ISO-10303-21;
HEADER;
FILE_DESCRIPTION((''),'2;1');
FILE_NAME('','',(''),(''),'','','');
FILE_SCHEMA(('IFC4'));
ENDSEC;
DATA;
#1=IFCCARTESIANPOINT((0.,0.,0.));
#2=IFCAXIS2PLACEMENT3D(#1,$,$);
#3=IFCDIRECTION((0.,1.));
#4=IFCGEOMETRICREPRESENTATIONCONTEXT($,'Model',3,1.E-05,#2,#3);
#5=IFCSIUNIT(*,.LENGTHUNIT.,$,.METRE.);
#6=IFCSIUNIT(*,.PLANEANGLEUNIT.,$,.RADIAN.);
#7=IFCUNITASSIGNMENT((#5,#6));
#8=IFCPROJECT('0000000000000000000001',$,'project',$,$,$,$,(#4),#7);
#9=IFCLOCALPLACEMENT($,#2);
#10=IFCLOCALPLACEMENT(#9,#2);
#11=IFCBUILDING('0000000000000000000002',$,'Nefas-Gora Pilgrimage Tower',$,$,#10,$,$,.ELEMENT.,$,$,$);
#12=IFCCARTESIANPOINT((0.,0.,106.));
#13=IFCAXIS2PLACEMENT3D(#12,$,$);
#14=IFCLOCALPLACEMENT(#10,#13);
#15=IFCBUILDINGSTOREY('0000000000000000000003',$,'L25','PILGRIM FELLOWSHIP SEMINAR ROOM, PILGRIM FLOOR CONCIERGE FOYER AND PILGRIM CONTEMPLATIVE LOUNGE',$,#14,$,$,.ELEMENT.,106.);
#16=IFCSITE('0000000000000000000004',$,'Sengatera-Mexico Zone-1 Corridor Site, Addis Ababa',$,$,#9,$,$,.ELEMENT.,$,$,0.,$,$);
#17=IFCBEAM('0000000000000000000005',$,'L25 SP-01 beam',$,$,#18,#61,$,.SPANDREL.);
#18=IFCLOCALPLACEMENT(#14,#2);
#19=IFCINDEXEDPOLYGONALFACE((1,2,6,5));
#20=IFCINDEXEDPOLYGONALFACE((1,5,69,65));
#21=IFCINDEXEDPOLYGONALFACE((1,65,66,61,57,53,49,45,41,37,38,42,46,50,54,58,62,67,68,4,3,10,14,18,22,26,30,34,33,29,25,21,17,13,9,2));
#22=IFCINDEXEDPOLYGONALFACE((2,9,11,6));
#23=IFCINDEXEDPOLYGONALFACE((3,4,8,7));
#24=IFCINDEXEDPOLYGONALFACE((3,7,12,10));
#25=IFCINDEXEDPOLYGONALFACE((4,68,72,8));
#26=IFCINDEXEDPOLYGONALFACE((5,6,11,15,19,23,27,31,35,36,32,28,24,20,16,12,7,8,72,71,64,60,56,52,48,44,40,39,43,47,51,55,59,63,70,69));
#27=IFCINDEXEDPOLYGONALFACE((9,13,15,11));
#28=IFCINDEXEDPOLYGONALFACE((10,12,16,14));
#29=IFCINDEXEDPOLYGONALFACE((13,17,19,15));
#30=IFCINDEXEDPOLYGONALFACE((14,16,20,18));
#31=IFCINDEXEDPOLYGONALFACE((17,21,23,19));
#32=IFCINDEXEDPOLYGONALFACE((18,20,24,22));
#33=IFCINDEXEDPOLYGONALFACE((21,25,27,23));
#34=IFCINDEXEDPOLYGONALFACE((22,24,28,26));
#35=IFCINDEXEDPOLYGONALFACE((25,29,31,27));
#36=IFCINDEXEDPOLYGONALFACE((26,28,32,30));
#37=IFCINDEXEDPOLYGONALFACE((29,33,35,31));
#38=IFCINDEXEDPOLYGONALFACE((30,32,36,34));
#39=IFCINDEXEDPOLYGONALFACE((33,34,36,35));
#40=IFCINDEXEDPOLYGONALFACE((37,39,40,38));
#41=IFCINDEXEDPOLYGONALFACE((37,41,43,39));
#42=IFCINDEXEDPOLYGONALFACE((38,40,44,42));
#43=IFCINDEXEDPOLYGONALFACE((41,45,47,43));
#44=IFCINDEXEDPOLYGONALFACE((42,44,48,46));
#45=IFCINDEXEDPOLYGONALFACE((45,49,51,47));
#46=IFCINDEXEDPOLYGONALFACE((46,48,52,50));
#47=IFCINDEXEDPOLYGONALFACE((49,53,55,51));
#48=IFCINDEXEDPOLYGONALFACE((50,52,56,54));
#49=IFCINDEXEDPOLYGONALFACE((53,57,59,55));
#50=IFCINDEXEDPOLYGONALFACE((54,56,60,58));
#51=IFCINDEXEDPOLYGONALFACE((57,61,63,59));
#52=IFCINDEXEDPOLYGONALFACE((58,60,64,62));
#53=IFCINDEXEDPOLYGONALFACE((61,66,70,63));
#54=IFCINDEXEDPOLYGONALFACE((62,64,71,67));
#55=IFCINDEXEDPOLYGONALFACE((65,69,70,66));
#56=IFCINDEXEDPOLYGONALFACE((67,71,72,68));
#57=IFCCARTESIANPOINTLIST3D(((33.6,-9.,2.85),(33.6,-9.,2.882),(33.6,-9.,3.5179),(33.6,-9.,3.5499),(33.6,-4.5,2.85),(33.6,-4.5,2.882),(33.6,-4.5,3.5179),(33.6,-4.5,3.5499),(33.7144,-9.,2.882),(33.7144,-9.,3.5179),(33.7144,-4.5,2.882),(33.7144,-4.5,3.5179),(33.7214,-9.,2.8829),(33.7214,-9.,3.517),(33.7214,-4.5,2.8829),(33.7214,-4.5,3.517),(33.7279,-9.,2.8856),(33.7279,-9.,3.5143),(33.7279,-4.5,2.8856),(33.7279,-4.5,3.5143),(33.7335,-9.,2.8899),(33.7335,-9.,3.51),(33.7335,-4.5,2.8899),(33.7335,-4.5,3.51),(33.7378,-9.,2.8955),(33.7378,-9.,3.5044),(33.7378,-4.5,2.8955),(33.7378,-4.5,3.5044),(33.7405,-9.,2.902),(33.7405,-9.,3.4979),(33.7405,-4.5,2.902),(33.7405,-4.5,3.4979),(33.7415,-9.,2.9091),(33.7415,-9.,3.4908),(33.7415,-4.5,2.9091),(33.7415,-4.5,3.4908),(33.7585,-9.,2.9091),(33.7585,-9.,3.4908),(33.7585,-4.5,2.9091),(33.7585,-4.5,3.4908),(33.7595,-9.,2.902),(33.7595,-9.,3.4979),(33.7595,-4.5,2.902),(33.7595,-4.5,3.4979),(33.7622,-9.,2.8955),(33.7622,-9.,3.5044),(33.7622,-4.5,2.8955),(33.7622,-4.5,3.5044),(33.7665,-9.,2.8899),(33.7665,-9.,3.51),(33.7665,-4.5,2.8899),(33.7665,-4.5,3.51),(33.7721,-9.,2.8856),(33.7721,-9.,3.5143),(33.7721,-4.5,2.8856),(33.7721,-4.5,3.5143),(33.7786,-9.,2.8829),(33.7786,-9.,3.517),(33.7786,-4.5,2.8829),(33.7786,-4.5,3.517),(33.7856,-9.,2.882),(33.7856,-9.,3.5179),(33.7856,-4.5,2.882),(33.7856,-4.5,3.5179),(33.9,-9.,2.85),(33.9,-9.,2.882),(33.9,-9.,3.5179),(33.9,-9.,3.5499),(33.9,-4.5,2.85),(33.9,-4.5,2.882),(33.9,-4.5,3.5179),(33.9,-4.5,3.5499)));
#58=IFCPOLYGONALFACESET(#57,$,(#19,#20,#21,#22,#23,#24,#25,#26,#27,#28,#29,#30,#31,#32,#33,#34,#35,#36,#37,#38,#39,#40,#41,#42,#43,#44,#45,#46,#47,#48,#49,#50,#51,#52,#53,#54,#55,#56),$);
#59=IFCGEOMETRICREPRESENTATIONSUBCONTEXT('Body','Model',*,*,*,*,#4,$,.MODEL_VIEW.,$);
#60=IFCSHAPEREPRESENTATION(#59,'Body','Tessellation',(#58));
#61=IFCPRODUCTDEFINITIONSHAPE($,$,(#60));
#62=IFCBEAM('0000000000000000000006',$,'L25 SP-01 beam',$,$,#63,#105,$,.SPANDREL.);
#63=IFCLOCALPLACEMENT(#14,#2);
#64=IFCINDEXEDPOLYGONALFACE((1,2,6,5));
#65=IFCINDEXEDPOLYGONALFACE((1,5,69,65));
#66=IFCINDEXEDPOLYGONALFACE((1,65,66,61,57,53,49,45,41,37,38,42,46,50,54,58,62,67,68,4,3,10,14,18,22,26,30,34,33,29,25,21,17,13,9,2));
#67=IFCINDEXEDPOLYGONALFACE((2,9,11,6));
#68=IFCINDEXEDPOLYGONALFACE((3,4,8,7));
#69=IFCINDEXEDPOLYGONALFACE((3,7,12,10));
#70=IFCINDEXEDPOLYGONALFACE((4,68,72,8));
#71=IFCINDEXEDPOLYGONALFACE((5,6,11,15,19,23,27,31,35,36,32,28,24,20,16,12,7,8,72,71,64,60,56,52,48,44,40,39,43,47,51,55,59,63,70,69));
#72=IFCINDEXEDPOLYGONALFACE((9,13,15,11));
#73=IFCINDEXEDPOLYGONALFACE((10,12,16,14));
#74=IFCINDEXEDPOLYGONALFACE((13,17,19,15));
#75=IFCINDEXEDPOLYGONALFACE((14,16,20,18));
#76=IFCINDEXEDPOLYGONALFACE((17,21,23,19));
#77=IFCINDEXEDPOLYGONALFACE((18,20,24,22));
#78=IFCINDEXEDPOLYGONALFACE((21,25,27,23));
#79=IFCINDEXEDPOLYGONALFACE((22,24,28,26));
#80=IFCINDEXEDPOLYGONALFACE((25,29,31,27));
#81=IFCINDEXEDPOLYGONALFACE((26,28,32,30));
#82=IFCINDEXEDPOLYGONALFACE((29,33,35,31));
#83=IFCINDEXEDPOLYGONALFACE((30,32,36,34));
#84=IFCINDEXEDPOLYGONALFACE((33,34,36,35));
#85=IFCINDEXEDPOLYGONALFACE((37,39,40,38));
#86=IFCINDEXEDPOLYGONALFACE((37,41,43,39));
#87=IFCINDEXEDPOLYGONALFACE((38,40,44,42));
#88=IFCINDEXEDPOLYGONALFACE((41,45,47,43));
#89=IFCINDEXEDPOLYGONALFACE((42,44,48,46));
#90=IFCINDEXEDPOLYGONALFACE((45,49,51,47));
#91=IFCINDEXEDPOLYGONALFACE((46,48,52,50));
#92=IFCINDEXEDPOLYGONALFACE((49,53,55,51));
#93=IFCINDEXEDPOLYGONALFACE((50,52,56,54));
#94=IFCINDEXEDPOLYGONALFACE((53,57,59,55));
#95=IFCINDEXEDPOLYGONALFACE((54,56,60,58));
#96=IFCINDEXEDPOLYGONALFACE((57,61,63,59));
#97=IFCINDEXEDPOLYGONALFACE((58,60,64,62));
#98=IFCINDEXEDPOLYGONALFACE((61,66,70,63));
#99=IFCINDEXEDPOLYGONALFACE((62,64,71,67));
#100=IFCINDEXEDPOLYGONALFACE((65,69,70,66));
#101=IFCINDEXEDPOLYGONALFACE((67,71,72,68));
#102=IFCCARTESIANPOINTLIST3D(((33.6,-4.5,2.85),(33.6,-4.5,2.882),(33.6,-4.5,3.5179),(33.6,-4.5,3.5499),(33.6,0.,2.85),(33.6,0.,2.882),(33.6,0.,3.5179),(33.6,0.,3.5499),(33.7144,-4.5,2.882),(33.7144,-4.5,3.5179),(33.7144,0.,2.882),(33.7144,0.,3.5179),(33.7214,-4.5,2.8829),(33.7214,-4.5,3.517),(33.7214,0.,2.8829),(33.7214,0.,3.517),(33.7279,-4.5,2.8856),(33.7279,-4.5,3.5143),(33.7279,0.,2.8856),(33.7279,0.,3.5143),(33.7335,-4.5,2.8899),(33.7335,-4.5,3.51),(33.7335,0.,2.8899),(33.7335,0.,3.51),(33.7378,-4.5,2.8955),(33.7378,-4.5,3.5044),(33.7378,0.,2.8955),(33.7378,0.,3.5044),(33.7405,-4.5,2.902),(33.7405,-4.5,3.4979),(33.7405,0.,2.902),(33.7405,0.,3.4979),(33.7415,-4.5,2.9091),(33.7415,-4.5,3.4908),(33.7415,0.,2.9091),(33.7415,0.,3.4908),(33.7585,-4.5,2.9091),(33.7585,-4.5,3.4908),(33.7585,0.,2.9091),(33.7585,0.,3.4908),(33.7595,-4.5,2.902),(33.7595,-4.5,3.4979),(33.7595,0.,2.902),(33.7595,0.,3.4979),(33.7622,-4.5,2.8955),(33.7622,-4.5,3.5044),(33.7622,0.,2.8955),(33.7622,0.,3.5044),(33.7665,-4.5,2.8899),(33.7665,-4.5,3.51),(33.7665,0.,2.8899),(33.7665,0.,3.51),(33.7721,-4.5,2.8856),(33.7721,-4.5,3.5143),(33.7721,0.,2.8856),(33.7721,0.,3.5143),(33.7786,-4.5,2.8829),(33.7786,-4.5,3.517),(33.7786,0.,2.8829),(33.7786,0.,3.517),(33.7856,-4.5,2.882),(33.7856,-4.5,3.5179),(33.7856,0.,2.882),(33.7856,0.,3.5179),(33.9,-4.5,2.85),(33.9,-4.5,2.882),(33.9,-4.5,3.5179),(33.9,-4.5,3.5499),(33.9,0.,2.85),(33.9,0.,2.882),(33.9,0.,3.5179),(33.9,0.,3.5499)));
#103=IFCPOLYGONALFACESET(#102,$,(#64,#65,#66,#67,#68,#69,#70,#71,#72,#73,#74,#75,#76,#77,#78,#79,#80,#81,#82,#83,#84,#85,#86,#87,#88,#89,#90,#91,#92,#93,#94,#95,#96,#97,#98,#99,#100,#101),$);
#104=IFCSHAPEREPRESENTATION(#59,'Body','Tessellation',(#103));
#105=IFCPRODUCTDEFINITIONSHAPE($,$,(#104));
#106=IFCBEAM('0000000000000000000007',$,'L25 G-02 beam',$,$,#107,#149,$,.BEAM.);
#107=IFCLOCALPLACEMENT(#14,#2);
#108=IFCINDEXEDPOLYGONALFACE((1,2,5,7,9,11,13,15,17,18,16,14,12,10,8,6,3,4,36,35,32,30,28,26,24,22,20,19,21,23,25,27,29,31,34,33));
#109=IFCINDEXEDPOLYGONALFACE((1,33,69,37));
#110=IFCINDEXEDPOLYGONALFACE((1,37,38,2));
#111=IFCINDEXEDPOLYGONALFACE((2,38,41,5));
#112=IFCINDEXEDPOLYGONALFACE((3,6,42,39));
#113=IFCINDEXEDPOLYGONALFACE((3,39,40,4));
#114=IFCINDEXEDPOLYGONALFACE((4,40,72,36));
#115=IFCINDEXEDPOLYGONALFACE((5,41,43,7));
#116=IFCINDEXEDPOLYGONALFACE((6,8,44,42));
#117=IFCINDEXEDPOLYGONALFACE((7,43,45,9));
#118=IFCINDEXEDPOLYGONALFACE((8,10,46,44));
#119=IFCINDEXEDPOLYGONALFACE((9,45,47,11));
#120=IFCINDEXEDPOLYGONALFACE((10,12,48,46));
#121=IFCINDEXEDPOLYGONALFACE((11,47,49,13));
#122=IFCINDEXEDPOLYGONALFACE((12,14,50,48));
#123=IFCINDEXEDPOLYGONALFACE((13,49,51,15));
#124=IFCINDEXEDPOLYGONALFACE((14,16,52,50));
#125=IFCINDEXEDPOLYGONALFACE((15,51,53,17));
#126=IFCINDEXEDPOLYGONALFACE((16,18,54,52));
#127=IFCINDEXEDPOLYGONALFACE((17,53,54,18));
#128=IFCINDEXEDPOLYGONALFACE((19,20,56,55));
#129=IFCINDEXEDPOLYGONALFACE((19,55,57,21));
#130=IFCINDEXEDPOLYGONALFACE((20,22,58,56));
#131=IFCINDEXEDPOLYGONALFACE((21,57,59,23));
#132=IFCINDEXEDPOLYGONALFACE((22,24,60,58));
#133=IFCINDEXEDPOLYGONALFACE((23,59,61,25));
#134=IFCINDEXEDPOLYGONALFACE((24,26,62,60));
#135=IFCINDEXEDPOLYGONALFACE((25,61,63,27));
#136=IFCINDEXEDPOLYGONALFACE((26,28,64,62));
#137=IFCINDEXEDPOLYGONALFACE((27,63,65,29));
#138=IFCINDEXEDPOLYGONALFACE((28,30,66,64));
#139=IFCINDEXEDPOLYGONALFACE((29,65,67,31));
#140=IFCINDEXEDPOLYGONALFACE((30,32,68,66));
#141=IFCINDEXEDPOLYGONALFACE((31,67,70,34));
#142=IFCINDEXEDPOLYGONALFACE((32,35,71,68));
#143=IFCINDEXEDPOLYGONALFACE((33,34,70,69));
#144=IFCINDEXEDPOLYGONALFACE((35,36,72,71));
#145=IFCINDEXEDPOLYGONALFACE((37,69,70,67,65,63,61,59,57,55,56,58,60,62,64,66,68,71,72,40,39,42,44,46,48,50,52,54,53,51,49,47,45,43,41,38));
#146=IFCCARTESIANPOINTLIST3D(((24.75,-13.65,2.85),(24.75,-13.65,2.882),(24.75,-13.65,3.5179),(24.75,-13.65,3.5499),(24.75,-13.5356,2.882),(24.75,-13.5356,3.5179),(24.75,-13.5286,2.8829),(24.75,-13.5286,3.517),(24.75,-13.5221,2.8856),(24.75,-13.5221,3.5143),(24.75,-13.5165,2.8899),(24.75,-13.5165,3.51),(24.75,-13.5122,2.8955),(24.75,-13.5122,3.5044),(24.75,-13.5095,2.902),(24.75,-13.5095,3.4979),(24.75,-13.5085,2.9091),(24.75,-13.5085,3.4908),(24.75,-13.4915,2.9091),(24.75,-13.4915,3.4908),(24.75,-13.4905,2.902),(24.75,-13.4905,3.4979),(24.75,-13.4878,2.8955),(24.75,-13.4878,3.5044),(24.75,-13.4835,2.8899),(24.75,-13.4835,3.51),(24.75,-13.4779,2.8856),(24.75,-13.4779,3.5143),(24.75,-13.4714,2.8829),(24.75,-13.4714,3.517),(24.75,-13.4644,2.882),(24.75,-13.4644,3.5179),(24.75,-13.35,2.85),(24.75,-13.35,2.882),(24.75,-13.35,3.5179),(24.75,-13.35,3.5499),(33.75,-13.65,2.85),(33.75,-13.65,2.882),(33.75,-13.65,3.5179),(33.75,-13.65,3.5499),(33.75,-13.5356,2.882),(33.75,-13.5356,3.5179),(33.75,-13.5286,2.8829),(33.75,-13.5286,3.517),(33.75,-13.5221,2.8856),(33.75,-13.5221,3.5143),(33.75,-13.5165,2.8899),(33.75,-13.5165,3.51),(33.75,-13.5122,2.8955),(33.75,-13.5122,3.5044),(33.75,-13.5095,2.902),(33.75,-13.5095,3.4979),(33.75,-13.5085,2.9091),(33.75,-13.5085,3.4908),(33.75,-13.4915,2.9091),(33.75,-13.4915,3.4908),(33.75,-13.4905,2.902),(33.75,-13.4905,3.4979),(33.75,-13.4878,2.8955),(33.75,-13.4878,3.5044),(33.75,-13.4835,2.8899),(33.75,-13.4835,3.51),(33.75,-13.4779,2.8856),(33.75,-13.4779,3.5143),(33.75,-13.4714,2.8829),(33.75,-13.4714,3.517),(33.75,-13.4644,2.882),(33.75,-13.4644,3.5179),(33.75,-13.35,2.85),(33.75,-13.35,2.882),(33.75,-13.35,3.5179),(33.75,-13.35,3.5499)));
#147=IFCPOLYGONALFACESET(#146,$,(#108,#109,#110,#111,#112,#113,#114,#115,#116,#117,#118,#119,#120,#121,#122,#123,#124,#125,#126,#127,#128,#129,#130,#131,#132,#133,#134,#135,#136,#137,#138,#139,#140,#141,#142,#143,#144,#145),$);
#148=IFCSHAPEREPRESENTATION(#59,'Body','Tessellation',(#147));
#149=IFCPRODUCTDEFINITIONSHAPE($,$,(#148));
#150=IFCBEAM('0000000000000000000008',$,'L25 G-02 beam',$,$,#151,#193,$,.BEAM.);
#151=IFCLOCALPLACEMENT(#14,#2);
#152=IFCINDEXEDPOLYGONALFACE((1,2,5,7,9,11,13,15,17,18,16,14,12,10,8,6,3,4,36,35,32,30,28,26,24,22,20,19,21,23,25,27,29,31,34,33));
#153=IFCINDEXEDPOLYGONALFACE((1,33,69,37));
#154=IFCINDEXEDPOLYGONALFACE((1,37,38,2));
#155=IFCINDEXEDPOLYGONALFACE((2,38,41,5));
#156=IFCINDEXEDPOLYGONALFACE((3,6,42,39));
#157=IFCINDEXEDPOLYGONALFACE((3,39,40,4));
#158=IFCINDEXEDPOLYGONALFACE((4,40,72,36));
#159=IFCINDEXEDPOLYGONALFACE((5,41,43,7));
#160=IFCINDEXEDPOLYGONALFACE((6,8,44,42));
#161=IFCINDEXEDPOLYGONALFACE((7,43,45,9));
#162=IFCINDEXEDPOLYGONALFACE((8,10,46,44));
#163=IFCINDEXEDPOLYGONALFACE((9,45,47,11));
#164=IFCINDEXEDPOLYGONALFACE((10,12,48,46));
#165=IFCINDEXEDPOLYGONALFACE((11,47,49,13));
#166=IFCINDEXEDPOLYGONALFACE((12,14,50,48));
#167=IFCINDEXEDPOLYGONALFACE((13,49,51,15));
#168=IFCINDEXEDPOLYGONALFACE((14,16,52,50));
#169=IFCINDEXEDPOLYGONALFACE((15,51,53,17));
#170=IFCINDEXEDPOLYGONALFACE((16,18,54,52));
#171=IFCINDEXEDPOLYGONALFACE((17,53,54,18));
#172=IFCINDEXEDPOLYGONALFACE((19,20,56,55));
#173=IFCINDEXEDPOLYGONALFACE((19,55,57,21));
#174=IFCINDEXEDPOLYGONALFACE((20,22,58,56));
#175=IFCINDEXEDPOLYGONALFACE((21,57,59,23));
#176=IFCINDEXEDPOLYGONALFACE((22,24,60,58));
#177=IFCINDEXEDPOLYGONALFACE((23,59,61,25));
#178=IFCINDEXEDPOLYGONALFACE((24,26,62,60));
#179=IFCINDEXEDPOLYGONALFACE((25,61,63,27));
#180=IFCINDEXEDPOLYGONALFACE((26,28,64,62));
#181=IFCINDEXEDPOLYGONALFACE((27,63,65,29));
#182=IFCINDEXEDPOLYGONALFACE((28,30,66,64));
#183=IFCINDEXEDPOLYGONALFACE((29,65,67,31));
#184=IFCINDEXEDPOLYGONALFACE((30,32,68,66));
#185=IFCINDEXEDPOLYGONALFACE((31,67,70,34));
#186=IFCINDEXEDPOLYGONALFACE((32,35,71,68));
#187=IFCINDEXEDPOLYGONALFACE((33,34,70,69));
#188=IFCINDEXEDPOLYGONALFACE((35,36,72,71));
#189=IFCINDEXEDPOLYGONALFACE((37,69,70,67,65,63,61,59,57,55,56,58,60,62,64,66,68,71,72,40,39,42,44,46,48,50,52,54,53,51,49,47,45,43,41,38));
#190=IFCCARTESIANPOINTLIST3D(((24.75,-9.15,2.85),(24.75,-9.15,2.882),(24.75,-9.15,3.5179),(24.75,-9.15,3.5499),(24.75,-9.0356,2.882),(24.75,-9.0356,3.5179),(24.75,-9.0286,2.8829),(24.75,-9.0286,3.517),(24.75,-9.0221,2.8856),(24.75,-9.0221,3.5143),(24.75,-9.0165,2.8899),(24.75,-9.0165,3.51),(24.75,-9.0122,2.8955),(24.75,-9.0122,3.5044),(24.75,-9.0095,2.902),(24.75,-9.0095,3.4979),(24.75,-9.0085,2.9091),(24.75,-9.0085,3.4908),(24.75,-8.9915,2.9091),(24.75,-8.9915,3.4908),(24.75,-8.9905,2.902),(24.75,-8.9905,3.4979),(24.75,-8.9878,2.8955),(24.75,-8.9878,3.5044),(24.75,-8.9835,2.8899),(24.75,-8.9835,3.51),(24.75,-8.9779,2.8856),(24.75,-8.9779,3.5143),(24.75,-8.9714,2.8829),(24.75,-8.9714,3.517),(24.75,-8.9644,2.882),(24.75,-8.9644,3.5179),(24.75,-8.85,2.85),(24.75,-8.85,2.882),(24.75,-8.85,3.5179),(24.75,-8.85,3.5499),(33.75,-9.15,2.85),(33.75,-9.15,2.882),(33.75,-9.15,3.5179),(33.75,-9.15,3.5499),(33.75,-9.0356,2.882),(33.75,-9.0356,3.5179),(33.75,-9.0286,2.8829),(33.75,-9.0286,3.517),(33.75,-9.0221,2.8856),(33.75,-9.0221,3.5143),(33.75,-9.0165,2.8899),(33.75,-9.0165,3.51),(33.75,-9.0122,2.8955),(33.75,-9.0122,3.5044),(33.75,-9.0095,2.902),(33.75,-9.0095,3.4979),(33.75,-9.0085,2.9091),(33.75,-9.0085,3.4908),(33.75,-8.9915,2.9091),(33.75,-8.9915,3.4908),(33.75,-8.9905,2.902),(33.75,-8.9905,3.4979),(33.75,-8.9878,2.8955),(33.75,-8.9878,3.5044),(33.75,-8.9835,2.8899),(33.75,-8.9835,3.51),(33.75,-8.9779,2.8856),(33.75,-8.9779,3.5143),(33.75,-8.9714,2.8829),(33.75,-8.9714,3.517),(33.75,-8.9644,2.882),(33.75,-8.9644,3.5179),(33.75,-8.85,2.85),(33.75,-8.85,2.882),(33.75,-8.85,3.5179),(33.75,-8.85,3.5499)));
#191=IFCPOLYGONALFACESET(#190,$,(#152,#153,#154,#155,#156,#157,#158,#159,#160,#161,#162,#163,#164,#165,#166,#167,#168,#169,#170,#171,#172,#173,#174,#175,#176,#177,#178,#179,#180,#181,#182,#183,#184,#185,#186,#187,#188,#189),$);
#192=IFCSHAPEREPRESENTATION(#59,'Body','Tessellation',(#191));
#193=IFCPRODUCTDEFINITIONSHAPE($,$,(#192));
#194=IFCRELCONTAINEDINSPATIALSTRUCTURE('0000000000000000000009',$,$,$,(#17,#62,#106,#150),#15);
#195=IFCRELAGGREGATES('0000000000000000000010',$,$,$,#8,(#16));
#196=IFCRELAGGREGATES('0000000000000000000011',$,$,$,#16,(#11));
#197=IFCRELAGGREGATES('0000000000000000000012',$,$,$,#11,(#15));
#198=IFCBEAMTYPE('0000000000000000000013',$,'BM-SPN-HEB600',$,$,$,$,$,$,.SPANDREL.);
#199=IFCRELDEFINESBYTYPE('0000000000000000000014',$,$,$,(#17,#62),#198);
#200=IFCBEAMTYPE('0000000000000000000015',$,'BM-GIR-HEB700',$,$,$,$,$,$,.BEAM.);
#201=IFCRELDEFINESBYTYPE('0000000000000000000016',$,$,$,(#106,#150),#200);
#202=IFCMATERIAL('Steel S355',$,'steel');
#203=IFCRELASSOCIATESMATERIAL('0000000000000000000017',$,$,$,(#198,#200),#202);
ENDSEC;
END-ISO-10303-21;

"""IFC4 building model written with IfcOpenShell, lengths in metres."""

from ifc_helpers import new_model, si_unit, direction, frame, origin, origin_2d, place, context, subcontext, project, spatial, i_section, extrude, source, transform, mapped, material, material_profile, profile_set, type_object, element, save


model = new_model("IFC4")

# Units and contexts
model_context = context("Model", 3, precision=1e-05, world=origin(), true_north=direction((0.0, 1.0)))
body_context = subcontext(model_context, "Body", "Model", "MODEL_VIEW")
ifc_project = project(units=[si_unit("LENGTHUNIT", "METRE"), si_unit("PLANEANGLEUNIT", "RADIAN")], contexts=[model_context])

# Site, building, storey
site_placement = place(None, origin())
site = spatial("IfcSite", under=ifc_project, at=site_placement, Name="Sengatera-Mexico Zone-1 Corridor Site, Addis Ababa", CompositionType="ELEMENT", RefElevation=0.0)
building_placement = place(site_placement, origin())
building = spatial("IfcBuilding", under=site, at=building_placement, Name="Nefas-Gora Pilgrimage Tower", CompositionType="ELEMENT")
storey_placement = place(building_placement, frame((0.0, 0.0, 106.0)))
storey = spatial("IfcBuildingStorey", under=building, at=storey_placement, Name="L25", Description="PILGRIM FELLOWSHIP SEMINAR ROOM, PILGRIM FLOOR CONCIERGE FOYER AND PILGRIM CONTEMPLATIVE LOUNGE", CompositionType="ELEMENT", Elevation=106.0)

# Beams
ifc_material_1 = material(Name="Steel S355", Category="steel")
ifc_material_profile_1 = material_profile(ifc_material_1, i_section(OverallWidth=0.3, OverallDepth=0.7, WebThickness=0.0171, FlangeThickness=0.032, FilletRadius=0.0271, at=origin_2d()), Name="HEB 700")
ifc_profile_set_1 = profile_set([ifc_material_profile_1], Name="Steel S355")
beam_type_1 = type_object("IfcBeamType", Name="BM-SPN-HEB600", PredefinedType="SPANDREL", material=ifc_profile_set_1)
shared_shape_1 = source(origin(), body_context, "Body", "SweptSolid", [
    extrude(i_section(OverallWidth=0.3, OverallDepth=0.7, WebThickness=0.0171, FlangeThickness=0.032, FilletRadius=0.0271, at=origin_2d()), origin(), (0.0, 0.0, 1.0), 4.5),
])
for number, where, z_axis, x_axis, name in (
    (1, (33.75, -9.0, 3.2), (0.0, 1.0, 0.0), (-1.0, 0.0, 0.0), "L25 SP-01 beam"),
    (2, (33.75, -4.5, 3.2), (0.0, 1.0, 0.0), (-1.0, 0.0, 0.0), "L25 SP-01 beam"),
):
    element("IfcBeam", number, at=place(storey_placement, frame(where, z_axis=z_axis, x_axis=x_axis)), inside=storey, type_object=beam_type_1, Name=name, PredefinedType="SPANDREL", context=body_context, shape_type="MappedRepresentation", body=[
        mapped(shared_shape_1, transform((0.0, 0.0, 0.0), x_axis=(1.0, 0.0, 0.0), y_axis=(0.0, 1.0, 0.0), z_axis=(0.0, 0.0, 1.0), scale=1.0)),
    ])
ifc_material_profile_2 = material_profile(ifc_material_1, i_section(OverallWidth=0.3, OverallDepth=0.7, WebThickness=0.0171, FlangeThickness=0.032, FilletRadius=0.0271, at=origin_2d()), Name="HEB 700")
ifc_profile_set_2 = profile_set([ifc_material_profile_2], Name="Steel S355")
beam_type_2 = type_object("IfcBeamType", Name="BM-GIR-HEB700", PredefinedType="BEAM", material=ifc_profile_set_2)
shared_shape_2 = source(origin(), body_context, "Body", "SweptSolid", [
    extrude(i_section(OverallWidth=0.3, OverallDepth=0.7, WebThickness=0.0171, FlangeThickness=0.032, FilletRadius=0.0271, at=origin_2d()), origin(), (0.0, 0.0, 1.0), 9.0),
])
for number, where, z_axis, x_axis, name in (
    (3, (24.75, -13.5, 3.2), (1.0, 0.0, 0.0), (0.0, 1.0, 0.0), "L25 G-02 beam"),
    (4, (24.75, -9.0, 3.2), (1.0, 0.0, 0.0), (0.0, 1.0, 0.0), "L25 G-02 beam"),
):
    element("IfcBeam", number, at=place(storey_placement, frame(where, z_axis=z_axis, x_axis=x_axis)), inside=storey, type_object=beam_type_2, Name=name, PredefinedType="BEAM", context=body_context, shape_type="MappedRepresentation", body=[
        mapped(shared_shape_2, transform((0.0, 0.0, 0.0), x_axis=(1.0, 0.0, 0.0), y_axis=(0.0, 1.0, 0.0), z_axis=(0.0, 0.0, 1.0), scale=1.0)),
    ])

save(model, "model.ifc")
